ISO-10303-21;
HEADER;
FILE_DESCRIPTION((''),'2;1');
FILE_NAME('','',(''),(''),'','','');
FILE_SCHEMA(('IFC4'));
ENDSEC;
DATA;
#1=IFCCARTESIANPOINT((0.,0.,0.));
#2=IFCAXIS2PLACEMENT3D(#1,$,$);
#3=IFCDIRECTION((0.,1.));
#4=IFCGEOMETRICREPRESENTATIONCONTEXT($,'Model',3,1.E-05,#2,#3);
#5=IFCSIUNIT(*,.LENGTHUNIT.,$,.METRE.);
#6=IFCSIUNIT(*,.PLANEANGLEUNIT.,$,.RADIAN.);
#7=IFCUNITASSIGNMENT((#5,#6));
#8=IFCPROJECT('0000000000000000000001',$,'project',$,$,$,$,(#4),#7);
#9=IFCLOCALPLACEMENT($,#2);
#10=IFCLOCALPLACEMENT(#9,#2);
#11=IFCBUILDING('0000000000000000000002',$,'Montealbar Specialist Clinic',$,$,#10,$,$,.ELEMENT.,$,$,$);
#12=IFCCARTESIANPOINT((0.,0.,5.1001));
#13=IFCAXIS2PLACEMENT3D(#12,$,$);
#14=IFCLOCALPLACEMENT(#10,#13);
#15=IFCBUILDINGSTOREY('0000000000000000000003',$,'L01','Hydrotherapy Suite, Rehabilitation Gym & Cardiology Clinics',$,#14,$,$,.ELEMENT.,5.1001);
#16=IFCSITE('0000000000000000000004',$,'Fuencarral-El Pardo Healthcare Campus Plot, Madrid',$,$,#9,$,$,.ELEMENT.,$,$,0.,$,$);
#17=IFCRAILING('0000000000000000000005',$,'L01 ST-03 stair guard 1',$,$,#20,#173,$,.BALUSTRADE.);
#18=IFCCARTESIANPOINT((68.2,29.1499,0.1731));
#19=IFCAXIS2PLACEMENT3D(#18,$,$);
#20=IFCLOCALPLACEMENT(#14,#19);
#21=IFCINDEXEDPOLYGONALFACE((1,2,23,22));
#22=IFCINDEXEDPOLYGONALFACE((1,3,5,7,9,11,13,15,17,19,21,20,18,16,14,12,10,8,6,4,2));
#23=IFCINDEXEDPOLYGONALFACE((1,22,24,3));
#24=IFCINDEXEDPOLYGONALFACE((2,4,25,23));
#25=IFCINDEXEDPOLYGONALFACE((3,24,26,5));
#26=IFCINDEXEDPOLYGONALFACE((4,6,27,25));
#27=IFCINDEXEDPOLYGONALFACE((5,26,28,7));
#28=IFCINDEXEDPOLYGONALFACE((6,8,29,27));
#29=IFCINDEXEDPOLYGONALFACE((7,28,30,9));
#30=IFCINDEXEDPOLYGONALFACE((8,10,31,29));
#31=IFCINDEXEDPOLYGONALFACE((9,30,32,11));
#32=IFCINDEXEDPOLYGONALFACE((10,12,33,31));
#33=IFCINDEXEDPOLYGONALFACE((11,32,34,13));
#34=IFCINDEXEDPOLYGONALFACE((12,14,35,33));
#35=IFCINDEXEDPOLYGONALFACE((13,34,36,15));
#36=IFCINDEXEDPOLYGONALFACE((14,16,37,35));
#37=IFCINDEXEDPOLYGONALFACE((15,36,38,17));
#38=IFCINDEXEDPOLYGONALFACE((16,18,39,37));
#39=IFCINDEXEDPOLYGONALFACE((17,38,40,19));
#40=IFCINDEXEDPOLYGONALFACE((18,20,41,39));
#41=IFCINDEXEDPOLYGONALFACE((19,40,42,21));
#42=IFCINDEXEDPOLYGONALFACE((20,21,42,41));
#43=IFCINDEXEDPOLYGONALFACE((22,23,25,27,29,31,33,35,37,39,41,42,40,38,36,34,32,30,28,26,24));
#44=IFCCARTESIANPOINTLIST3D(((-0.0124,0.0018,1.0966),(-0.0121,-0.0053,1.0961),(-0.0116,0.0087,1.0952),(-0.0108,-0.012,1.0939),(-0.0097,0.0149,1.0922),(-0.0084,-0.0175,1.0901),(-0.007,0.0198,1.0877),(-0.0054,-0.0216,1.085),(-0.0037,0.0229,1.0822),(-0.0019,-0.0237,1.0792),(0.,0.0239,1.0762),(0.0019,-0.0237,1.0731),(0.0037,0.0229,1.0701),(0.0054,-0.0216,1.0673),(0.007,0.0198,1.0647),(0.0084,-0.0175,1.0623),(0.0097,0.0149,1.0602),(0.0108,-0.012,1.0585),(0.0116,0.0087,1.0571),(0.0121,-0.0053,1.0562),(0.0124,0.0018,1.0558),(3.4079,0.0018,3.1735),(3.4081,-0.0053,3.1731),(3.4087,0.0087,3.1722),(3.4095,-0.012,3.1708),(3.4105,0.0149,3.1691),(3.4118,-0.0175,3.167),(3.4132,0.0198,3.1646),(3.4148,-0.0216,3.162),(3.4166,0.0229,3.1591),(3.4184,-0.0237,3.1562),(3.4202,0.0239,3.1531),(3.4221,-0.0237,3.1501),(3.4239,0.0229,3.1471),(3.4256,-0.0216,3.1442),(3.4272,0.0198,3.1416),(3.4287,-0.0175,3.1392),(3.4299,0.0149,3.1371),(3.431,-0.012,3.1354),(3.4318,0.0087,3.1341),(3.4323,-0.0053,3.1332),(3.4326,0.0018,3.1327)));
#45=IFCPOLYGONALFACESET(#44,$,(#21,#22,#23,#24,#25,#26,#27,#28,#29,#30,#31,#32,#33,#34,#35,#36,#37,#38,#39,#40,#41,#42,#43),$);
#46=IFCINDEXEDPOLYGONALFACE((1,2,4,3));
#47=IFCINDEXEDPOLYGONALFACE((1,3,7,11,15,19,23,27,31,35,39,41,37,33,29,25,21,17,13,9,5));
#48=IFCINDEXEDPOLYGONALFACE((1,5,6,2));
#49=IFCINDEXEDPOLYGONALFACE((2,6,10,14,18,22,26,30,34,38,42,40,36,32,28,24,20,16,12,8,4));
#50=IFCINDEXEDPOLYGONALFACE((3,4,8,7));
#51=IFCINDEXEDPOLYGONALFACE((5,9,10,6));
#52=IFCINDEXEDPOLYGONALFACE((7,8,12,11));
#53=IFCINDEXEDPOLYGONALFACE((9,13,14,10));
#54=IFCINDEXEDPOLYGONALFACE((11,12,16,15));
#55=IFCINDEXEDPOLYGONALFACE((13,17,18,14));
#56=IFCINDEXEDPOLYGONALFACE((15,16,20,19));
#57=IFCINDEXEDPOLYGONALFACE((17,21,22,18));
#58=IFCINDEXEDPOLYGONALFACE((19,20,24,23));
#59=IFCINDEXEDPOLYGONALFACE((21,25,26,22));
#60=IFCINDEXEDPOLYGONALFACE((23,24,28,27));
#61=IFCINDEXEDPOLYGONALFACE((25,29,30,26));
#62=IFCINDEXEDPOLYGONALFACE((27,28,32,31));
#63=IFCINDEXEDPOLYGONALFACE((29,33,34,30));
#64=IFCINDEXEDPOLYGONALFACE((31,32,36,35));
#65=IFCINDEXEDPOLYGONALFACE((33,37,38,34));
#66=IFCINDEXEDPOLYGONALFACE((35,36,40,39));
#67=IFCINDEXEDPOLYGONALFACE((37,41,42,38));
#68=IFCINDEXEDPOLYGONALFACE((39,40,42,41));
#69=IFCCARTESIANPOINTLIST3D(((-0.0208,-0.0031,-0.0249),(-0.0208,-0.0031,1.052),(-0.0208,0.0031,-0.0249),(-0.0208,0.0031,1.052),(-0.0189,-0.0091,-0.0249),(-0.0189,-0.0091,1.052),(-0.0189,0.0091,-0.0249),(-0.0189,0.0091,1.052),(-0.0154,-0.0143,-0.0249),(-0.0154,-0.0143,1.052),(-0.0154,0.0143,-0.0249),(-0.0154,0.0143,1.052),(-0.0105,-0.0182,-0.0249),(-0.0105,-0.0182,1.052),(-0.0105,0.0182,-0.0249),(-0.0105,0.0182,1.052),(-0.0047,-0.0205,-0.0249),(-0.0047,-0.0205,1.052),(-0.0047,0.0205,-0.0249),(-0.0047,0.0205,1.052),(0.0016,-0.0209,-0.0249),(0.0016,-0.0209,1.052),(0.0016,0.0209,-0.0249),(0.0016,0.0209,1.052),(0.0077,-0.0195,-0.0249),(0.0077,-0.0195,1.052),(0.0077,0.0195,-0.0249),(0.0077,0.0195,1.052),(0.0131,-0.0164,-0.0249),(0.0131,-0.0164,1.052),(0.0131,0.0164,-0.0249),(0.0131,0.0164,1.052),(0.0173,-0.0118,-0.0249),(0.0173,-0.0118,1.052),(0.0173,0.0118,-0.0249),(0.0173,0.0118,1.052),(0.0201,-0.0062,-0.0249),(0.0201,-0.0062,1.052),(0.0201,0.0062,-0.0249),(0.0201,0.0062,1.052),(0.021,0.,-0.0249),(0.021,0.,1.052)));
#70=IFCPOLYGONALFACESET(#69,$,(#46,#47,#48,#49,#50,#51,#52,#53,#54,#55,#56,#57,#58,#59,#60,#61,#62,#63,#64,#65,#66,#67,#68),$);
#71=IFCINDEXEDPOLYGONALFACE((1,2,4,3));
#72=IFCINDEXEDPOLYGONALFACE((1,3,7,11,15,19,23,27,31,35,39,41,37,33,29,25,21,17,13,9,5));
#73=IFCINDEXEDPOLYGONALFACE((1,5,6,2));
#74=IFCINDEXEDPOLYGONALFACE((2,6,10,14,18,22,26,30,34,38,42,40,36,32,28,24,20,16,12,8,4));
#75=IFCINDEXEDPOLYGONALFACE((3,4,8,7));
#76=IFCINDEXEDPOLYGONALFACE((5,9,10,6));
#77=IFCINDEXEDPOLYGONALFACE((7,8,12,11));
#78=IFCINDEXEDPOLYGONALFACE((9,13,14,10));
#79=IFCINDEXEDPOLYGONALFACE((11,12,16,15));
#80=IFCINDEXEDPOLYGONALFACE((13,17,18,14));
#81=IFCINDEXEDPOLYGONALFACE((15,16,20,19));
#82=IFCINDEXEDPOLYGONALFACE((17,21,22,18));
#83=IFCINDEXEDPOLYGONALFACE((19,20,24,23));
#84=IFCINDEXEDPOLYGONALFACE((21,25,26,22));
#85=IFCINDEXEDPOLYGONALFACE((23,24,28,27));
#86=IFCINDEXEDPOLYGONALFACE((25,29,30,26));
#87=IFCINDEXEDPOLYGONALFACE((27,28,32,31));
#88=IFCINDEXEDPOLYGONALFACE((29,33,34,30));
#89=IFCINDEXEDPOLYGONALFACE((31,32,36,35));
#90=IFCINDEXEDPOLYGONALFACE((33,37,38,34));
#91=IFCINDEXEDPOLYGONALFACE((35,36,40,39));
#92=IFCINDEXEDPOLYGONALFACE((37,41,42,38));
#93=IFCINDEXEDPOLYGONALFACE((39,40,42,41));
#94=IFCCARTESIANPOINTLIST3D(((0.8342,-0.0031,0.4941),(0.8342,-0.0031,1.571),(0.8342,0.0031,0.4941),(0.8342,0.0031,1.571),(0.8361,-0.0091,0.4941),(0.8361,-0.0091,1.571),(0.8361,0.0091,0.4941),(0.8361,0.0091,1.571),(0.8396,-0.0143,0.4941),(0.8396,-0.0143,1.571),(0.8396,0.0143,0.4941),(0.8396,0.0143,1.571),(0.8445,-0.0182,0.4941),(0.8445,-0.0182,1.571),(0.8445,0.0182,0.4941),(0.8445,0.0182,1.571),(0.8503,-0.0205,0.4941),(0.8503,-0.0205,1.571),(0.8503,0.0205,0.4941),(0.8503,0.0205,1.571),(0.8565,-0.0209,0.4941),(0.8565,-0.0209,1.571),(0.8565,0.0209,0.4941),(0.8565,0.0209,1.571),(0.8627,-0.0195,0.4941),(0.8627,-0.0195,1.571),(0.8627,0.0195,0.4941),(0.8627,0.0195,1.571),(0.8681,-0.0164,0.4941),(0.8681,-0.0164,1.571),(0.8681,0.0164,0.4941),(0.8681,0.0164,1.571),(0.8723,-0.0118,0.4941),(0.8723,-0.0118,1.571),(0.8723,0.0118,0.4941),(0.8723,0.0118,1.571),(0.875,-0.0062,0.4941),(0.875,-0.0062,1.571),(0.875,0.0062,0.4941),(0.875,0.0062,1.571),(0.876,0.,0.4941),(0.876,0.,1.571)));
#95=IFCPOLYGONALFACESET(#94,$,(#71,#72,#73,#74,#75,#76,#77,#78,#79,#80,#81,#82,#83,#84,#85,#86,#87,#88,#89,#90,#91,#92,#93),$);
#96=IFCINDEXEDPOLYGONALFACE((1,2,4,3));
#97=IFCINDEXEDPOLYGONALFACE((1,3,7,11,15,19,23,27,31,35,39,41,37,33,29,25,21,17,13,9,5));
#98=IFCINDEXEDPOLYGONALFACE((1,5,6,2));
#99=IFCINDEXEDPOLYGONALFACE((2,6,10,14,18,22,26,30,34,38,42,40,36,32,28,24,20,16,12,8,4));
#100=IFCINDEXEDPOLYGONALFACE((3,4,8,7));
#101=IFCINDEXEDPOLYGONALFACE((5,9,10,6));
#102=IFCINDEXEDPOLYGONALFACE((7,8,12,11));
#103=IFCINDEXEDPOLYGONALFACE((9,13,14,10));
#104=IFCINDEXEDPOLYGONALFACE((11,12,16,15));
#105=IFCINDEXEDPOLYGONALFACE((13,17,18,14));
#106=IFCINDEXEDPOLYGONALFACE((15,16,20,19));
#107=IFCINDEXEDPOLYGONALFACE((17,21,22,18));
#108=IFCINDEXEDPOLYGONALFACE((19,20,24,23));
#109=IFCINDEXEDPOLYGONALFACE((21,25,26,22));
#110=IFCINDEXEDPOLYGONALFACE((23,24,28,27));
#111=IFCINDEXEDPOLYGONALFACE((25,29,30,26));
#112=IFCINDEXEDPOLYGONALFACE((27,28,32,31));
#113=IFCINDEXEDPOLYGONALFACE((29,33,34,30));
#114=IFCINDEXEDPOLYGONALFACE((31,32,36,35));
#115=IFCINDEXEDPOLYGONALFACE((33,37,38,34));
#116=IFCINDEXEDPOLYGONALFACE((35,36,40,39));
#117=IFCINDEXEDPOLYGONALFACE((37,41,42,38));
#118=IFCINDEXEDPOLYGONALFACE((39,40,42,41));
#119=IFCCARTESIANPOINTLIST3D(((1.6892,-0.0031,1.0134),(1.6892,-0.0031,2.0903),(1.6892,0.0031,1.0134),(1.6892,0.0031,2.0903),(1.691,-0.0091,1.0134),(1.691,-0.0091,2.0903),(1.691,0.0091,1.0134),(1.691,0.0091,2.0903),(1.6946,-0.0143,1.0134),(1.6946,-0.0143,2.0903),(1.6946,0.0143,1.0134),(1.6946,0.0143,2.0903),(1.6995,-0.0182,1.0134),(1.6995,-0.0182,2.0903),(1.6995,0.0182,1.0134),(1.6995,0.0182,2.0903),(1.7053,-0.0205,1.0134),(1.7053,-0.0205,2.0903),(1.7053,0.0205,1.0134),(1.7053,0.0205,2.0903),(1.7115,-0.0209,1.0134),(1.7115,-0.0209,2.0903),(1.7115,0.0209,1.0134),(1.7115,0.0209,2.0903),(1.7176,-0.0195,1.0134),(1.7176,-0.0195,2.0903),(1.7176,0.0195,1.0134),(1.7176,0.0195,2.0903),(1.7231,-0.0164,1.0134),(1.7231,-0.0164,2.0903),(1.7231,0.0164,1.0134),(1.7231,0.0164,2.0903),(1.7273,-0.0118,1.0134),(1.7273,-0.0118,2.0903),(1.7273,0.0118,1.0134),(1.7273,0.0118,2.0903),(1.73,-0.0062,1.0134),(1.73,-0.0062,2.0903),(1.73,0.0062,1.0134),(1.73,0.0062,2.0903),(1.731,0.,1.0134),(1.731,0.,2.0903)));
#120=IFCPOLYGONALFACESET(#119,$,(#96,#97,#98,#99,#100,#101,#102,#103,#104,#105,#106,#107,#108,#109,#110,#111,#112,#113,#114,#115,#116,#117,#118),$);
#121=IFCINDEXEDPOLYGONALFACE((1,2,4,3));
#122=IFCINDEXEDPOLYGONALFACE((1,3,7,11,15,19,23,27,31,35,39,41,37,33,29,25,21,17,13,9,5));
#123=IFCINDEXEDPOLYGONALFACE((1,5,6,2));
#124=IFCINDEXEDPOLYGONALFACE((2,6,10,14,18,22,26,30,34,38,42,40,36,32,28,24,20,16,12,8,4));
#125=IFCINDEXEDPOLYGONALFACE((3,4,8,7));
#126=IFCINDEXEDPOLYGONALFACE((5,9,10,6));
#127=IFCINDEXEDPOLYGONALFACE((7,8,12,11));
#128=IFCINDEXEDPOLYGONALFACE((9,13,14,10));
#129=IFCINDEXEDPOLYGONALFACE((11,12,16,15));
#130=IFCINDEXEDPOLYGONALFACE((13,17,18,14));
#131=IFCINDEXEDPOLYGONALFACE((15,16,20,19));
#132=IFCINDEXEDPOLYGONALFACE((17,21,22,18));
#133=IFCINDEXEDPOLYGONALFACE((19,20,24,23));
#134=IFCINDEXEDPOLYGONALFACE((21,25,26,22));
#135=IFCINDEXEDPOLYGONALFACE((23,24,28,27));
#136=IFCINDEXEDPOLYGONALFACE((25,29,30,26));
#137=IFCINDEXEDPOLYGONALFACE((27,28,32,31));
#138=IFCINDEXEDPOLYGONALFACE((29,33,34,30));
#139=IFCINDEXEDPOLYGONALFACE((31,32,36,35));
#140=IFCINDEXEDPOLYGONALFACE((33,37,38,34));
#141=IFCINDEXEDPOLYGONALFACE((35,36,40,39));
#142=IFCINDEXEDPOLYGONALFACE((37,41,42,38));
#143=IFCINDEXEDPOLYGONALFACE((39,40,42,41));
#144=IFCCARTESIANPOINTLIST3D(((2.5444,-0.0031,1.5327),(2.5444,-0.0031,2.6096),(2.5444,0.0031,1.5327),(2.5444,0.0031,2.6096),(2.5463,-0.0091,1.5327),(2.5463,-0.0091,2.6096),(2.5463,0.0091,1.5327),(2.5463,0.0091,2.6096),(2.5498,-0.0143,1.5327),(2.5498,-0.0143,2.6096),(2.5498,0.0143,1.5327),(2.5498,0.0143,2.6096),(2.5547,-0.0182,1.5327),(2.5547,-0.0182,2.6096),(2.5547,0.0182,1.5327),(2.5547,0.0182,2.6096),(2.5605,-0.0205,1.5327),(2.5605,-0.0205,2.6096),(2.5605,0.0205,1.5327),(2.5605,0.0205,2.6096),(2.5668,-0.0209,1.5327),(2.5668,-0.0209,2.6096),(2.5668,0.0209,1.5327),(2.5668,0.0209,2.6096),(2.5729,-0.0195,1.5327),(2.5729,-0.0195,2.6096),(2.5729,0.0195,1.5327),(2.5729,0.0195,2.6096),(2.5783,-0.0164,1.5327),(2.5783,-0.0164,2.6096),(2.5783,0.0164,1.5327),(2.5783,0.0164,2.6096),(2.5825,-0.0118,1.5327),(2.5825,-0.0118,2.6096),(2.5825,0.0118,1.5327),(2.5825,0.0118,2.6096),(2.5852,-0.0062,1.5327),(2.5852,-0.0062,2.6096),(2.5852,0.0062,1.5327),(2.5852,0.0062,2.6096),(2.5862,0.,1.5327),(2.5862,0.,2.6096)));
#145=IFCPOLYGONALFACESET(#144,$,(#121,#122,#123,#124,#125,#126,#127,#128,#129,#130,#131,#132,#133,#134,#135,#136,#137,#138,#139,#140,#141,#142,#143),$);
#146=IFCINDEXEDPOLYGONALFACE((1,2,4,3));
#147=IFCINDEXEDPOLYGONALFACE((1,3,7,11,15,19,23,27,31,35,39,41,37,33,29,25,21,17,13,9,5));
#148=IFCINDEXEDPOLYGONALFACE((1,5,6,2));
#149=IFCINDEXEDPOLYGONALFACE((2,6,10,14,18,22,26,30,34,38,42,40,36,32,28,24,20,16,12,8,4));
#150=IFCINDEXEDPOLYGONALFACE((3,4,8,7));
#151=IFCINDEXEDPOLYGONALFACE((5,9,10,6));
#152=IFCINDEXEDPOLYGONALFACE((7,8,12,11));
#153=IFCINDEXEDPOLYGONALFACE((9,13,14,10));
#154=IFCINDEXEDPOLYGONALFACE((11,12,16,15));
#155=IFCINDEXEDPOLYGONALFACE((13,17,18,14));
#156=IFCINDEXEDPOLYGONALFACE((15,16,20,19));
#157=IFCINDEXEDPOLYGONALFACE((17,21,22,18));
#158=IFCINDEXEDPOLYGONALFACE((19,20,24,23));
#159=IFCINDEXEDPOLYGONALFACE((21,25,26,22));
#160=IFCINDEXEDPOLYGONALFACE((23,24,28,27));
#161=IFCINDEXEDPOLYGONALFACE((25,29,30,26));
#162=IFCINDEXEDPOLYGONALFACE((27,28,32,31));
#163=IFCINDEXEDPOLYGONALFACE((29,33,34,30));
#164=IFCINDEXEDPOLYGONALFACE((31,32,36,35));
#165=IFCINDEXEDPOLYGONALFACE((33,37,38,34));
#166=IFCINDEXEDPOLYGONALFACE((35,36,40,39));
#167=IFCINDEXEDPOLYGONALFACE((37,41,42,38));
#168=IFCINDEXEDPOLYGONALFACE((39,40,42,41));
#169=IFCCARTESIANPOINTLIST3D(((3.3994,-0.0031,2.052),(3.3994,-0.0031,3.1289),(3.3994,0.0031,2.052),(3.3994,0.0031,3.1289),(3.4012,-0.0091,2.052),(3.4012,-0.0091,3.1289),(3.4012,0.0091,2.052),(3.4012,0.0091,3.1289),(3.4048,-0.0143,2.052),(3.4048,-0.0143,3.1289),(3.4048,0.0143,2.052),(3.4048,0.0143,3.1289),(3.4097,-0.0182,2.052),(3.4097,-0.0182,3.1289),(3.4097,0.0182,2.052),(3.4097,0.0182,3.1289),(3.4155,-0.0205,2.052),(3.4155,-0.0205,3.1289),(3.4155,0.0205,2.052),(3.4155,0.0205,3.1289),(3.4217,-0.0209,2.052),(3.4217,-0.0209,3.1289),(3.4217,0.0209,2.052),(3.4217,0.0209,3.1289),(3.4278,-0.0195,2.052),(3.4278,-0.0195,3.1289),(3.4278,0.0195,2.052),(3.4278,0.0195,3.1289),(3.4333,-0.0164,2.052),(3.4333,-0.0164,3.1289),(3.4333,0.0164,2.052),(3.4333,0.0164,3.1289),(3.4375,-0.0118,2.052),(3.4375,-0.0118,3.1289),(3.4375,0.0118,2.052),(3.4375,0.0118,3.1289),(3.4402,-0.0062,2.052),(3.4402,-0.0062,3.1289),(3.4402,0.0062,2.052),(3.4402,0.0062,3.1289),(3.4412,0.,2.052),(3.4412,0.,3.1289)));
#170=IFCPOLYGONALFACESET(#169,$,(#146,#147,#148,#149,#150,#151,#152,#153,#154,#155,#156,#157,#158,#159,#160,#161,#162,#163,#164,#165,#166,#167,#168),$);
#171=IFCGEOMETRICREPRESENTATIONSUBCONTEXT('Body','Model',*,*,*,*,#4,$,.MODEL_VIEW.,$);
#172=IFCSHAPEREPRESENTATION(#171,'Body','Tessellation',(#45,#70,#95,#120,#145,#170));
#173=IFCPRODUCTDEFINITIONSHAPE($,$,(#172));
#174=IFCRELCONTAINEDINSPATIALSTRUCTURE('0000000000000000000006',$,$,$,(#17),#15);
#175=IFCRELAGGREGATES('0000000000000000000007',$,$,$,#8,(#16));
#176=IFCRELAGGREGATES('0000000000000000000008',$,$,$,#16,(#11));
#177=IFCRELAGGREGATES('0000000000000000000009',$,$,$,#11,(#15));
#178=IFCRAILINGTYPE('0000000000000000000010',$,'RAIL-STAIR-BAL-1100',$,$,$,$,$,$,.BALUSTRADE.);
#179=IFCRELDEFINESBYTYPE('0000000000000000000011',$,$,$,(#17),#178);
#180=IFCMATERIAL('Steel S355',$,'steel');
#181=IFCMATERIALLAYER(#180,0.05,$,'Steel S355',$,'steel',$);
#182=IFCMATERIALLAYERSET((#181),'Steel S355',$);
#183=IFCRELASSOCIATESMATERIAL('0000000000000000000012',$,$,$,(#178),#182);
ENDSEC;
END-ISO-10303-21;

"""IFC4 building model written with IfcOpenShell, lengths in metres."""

from ifc_helpers import new_model, si_unit, direction, frame, origin, origin_2d, place, context, subcontext, project, spatial, circle, extrude, material, layer, layer_set, type_object, element, save


model = new_model("IFC4")

# Units and contexts
model_context = context("Model", 3, precision=1e-05, world=origin(), true_north=direction((0.0, 1.0)))
body_context = subcontext(model_context, "Body", "Model", "MODEL_VIEW")
ifc_project = project(units=[si_unit("LENGTHUNIT", "METRE"), si_unit("PLANEANGLEUNIT", "RADIAN")], contexts=[model_context])

# Site, building, storey
site_placement = place(None, origin())
site = spatial("IfcSite", under=ifc_project, at=site_placement, Name="Fuencarral-El Pardo Healthcare Campus Plot, Madrid", CompositionType="ELEMENT", RefElevation=0.0)
building_placement = place(site_placement, origin())
building = spatial("IfcBuilding", under=site, at=building_placement, Name="Montealbar Specialist Clinic", CompositionType="ELEMENT")
storey_placement = place(building_placement, frame((0.0, 0.0, 5.1001)))
storey = spatial("IfcBuildingStorey", under=building, at=storey_placement, Name="L01", Description="Hydrotherapy Suite, Rehabilitation Gym & Cardiology Clinics", CompositionType="ELEMENT", Elevation=5.1001)

# Shared definitions
ifc_material_1 = material(Name="Steel S355", Category="steel")

# Railing
ifc_layer_1 = layer(ifc_material_1, 0.05, Name="Steel S355", Category="steel")
ifc_layer_set_1 = layer_set([ifc_layer_1], Name="Steel S355")
railing_type_1 = type_object("IfcRailingType", Name="RAIL-STAIR-BAL-1100", PredefinedType="BALUSTRADE", material=ifc_layer_set_1)
railing_1_placement = place(storey_placement, frame((68.2, 29.1499, 0.1731)))
element("IfcRailing", 1, at=railing_1_placement, inside=storey, type_object=railing_type_1, Name="L01 ST-03 stair guard 1", PredefinedType="BALUSTRADE", context=body_context, shape_type="SweptSolid", body=[
    extrude(circle(Radius=0.0239, at=origin_2d()), frame((0.0, 0.0, 1.0762), z_axis=(0.854746, 0.0, 0.519047), x_axis=(0.0, 1.0, 0.0)), (0.0, 0.0, 1.0), 4.0015),
    extrude(circle(Radius=0.021, at=origin_2d()), frame((0.0, 0.0, -0.0249)), (0.0, 0.0, 1.0), 1.0769),
    extrude(circle(Radius=0.021, at=origin_2d()), frame((0.855, 0.0, 0.4941)), (0.0, 0.0, 1.0), 1.0769),
    extrude(circle(Radius=0.021, at=origin_2d()), frame((1.71, 0.0, 1.0134)), (0.0, 0.0, 1.0), 1.0769),
    extrude(circle(Radius=0.021, at=origin_2d()), frame((2.5652, 0.0, 1.5327)), (0.0, 0.0, 1.0), 1.0769),
    extrude(circle(Radius=0.021, at=origin_2d()), frame((3.4202, 0.0, 2.052)), (0.0, 0.0, 1.0), 1.0769),
])

save(model, "model.ifc")
